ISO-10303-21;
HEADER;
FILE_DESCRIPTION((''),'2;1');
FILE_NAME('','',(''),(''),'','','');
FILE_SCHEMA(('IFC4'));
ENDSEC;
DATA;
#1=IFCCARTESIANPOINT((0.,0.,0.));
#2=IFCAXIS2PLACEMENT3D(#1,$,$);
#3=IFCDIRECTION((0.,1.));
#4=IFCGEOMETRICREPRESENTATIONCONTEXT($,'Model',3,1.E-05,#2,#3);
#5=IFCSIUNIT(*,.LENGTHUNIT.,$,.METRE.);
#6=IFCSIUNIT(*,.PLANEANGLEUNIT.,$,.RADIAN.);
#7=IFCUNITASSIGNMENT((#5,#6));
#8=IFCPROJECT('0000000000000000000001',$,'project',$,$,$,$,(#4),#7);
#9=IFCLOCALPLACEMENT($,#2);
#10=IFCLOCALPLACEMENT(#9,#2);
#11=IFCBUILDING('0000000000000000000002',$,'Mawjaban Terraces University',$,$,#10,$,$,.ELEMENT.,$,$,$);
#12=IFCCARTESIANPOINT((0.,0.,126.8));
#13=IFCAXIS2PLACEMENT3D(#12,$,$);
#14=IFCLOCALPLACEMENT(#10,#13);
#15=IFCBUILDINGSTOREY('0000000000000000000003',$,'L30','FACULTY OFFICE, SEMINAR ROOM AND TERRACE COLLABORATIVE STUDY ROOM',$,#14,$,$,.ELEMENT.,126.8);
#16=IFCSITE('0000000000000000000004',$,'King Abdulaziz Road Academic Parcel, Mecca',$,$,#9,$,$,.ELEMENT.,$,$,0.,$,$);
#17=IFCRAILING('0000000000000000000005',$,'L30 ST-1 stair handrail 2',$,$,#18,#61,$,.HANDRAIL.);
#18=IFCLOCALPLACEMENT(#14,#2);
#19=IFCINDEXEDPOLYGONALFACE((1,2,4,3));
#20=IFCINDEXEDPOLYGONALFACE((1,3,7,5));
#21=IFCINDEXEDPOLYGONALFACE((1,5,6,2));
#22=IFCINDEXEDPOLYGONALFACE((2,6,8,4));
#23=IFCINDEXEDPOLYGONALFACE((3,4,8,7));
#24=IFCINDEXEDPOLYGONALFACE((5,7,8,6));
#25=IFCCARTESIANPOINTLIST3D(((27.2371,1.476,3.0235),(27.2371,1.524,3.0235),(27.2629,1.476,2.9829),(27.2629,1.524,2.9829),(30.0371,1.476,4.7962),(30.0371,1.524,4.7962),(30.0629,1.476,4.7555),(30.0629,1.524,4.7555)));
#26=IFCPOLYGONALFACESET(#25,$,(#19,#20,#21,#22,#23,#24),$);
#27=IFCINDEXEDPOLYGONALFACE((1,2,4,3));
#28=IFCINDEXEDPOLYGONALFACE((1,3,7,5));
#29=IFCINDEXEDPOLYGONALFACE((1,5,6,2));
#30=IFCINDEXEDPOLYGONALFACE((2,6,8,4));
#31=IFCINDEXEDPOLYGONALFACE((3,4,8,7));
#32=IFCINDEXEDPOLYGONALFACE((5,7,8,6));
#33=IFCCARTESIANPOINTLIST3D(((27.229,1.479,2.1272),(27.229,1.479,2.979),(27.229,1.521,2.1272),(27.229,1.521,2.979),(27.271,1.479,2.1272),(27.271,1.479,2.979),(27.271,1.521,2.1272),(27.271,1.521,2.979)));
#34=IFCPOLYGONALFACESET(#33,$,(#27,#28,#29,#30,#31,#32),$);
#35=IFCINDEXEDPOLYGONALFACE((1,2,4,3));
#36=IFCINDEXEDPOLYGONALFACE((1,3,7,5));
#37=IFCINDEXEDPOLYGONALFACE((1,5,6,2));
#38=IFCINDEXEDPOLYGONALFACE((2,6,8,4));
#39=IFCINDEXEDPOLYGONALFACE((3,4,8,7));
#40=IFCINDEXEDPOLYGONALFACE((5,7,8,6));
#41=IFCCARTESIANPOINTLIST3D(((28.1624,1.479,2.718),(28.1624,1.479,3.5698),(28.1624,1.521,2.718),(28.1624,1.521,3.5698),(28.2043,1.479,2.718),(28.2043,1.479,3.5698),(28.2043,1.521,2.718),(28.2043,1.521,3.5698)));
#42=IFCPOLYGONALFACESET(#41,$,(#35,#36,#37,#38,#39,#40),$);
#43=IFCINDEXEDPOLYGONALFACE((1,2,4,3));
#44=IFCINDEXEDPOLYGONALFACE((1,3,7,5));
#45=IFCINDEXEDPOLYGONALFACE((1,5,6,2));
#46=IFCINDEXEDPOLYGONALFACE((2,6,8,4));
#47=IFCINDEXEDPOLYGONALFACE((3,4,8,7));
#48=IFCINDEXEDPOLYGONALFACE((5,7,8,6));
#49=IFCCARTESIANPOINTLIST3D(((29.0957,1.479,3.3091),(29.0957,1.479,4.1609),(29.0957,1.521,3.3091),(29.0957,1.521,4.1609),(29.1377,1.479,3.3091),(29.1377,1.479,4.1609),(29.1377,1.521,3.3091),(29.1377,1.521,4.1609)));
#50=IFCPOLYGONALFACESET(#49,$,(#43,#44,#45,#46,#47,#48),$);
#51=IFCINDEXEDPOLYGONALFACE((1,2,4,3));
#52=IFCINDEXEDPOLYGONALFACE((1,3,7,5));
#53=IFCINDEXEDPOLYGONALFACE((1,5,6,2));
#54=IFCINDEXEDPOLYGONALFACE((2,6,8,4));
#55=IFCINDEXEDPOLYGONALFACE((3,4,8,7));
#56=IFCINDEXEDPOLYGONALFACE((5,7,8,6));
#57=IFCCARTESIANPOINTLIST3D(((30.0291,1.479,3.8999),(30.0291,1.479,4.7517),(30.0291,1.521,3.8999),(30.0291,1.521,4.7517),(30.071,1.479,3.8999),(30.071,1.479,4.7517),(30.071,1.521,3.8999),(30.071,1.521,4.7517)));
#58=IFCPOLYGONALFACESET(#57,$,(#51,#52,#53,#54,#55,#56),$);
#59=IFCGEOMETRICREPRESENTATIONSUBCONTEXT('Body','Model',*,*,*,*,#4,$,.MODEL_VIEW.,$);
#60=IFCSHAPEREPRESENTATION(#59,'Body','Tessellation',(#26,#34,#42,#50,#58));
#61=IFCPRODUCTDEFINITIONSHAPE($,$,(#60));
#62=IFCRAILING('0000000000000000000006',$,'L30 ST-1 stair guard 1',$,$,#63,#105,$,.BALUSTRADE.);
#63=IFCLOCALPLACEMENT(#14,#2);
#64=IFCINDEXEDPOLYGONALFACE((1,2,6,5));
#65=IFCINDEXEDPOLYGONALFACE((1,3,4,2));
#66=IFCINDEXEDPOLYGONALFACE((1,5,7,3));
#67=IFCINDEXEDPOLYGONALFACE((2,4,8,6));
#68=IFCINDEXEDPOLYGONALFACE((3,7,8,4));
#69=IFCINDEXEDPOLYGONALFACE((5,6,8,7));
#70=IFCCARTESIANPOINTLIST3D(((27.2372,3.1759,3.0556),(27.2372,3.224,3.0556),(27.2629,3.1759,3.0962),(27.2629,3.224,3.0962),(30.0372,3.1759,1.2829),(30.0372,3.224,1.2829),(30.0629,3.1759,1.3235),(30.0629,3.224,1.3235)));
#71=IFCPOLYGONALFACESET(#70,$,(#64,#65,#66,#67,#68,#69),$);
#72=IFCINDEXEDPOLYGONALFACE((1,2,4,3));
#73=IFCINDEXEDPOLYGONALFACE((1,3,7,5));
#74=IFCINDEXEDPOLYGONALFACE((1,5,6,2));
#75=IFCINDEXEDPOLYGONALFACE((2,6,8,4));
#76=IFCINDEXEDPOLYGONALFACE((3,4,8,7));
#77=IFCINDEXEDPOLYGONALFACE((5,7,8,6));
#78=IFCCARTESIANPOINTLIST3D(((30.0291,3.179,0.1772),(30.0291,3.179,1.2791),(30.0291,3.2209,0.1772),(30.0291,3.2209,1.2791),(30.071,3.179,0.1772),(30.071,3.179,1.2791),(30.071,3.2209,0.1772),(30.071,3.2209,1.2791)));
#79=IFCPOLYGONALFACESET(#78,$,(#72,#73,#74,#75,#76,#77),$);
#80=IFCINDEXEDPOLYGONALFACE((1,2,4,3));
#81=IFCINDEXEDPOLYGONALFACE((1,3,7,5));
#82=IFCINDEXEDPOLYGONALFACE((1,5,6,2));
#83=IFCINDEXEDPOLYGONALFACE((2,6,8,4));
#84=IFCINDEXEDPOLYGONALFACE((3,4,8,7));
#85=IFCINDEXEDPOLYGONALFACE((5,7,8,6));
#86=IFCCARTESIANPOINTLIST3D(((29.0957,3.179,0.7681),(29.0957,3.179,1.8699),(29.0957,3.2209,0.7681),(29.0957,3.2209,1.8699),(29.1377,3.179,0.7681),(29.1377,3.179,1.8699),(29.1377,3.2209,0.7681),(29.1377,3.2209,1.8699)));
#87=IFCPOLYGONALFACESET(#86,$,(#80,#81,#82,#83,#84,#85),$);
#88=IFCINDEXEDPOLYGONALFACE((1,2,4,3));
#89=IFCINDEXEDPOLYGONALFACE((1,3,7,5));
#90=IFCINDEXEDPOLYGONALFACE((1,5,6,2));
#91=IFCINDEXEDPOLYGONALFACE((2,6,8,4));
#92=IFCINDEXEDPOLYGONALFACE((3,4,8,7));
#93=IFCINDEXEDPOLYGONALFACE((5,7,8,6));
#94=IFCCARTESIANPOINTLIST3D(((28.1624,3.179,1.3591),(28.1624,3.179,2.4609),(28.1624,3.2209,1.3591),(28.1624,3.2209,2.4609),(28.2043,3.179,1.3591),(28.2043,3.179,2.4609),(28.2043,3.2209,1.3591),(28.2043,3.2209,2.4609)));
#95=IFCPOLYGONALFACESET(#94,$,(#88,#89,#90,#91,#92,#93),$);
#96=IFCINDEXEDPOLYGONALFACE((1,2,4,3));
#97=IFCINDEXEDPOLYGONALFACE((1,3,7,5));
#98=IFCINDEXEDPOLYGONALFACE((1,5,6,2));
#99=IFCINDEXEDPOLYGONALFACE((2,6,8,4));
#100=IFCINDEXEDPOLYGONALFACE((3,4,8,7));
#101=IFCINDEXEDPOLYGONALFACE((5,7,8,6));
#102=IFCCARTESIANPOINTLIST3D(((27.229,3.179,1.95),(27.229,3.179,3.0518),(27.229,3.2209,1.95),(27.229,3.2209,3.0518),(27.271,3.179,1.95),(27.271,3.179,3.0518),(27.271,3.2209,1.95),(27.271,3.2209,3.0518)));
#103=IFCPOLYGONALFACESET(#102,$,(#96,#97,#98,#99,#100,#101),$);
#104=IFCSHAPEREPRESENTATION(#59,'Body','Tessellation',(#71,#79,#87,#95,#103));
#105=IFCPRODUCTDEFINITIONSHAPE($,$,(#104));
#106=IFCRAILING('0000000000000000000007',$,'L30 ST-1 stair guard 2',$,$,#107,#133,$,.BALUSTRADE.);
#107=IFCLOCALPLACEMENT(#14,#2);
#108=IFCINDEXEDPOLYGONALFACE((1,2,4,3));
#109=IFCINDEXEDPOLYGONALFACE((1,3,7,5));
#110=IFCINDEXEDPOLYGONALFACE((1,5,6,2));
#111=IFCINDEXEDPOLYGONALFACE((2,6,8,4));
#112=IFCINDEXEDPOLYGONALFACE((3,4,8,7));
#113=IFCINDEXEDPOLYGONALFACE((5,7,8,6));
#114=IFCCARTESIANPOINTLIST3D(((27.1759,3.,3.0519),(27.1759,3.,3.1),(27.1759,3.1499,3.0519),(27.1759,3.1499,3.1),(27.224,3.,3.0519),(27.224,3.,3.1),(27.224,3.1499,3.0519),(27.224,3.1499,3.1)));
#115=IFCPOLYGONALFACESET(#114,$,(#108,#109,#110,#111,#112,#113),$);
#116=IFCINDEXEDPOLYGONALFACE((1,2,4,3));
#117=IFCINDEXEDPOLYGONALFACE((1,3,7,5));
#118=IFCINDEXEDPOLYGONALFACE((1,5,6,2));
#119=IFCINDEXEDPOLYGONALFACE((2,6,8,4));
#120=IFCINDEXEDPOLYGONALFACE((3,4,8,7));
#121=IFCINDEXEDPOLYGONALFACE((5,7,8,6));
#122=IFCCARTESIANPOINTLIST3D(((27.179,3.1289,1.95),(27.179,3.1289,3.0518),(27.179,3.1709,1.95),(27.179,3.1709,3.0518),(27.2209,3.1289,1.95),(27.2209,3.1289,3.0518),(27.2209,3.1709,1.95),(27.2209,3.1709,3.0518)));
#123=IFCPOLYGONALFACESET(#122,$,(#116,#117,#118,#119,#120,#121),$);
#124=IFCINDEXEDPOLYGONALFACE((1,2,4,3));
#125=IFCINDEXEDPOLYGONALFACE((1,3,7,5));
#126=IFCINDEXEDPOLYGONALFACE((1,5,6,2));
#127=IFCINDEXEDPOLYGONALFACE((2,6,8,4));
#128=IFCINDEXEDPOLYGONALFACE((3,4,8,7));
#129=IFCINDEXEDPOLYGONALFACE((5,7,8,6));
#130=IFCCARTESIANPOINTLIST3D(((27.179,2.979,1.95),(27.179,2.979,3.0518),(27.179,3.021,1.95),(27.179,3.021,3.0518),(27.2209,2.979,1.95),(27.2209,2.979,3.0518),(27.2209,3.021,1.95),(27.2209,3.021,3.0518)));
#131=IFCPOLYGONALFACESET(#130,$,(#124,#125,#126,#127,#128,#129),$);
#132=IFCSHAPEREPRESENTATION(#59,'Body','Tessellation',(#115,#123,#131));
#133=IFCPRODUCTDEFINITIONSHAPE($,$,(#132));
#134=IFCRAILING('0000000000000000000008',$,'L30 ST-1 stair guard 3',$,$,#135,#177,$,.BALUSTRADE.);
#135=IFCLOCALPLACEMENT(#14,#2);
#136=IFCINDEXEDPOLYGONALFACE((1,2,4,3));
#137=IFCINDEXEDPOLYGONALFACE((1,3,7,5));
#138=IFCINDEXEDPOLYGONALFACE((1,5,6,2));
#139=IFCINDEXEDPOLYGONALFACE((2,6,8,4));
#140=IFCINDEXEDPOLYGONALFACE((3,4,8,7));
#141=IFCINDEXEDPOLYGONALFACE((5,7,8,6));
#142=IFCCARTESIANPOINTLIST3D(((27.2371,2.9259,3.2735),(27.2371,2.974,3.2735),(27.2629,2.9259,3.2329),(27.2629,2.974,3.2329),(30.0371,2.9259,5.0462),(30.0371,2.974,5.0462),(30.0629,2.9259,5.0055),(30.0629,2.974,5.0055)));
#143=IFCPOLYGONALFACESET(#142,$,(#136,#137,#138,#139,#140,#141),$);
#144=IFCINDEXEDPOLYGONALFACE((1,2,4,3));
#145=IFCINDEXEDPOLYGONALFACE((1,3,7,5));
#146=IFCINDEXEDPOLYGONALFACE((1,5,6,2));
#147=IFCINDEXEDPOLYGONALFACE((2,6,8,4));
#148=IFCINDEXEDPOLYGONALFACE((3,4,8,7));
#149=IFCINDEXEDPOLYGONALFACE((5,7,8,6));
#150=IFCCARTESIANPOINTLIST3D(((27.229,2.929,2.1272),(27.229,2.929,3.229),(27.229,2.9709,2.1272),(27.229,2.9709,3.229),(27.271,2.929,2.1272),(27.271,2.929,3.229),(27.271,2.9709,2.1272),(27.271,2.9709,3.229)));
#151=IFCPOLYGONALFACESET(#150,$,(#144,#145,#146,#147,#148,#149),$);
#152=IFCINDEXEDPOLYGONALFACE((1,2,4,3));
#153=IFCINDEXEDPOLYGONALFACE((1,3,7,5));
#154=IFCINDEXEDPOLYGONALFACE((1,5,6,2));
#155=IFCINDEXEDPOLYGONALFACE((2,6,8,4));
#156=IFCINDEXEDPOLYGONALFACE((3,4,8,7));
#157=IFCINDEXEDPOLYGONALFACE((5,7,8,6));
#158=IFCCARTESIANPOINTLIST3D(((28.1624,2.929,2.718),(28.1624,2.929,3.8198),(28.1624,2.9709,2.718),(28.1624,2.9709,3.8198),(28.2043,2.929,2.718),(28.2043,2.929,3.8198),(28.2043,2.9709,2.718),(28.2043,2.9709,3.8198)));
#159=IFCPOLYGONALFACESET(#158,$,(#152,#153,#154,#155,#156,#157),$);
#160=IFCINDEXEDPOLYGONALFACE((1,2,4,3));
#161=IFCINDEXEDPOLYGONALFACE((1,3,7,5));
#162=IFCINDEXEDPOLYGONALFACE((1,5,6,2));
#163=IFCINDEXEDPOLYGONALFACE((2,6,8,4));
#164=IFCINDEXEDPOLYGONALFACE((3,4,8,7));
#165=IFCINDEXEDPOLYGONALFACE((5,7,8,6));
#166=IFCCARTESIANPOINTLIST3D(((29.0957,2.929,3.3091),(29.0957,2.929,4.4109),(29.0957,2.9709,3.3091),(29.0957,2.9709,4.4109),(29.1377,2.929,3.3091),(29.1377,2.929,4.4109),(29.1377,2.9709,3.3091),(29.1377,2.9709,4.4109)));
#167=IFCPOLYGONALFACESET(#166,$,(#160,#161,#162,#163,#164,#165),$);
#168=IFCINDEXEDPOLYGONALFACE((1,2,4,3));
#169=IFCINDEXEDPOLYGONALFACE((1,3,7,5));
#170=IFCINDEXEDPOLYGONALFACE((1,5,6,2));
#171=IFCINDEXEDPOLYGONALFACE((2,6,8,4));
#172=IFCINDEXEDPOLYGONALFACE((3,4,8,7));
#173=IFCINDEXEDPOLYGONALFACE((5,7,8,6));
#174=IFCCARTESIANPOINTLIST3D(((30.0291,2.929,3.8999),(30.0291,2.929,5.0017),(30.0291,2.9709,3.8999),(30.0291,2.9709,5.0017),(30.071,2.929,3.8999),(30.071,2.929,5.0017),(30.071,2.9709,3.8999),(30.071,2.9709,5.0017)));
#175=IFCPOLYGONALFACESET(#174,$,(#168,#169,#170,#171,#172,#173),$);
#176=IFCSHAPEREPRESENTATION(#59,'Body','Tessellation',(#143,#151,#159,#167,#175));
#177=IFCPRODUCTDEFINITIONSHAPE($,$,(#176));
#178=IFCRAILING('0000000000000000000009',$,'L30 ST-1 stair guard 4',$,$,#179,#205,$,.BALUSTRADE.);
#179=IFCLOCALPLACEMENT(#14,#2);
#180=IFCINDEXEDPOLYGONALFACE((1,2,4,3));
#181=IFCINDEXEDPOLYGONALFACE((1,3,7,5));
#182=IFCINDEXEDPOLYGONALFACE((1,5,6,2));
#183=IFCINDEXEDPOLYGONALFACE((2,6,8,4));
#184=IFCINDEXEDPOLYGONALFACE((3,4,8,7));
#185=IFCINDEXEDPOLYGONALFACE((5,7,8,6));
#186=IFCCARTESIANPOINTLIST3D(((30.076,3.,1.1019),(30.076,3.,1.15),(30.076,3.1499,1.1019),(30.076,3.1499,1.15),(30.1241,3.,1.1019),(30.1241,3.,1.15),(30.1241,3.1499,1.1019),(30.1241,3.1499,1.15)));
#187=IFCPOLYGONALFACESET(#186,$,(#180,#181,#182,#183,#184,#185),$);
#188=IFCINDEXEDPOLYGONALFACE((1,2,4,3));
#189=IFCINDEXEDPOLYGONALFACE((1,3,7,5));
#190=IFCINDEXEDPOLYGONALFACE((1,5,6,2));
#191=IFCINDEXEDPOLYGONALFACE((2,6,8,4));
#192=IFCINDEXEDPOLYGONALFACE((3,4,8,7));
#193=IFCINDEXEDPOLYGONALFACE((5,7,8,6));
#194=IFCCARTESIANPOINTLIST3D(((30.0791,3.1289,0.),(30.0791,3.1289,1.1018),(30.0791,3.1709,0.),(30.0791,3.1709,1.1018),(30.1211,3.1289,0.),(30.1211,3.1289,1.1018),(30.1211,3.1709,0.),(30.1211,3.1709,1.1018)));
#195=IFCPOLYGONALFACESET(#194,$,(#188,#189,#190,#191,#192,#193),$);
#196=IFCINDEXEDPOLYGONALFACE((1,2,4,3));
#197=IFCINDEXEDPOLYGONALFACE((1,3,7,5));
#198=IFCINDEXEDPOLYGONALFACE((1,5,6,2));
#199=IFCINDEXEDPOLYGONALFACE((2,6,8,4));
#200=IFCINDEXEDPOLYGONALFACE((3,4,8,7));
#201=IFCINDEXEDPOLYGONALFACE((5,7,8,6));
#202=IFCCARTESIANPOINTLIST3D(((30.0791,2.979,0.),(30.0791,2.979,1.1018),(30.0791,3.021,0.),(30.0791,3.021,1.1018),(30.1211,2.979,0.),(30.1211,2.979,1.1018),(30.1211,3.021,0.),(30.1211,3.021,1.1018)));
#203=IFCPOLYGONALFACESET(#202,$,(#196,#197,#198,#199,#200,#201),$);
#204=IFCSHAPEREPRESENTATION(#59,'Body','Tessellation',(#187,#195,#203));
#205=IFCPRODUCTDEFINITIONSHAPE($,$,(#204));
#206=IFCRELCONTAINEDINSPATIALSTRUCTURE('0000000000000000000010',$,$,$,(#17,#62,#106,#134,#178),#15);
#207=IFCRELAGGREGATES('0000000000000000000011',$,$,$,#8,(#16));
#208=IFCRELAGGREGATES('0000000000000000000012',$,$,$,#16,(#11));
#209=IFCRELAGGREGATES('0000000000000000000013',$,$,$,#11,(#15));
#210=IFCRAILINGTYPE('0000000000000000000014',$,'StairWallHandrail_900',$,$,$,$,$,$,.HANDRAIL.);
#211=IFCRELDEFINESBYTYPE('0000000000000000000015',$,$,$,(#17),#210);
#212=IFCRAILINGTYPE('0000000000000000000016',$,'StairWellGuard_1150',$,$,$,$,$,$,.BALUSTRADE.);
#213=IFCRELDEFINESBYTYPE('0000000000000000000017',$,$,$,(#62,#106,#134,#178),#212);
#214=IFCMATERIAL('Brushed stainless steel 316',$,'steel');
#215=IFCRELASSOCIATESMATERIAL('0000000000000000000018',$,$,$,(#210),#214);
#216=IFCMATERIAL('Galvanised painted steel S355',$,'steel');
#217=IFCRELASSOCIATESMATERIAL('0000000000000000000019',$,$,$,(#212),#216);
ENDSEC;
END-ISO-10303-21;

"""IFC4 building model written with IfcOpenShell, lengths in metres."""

from ifc_helpers import new_model, si_unit, direction, frame, origin, origin_2d, place, context, subcontext, project, spatial, rectangle, extrude, material, type_object, element, save


model = new_model("IFC4")

# Units and contexts
model_context = context("Model", 3, precision=1e-05, world=origin(), true_north=direction((0.0, 1.0)))
body_context = subcontext(model_context, "Body", "Model", "MODEL_VIEW")
ifc_project = project(units=[si_unit("LENGTHUNIT", "METRE"), si_unit("PLANEANGLEUNIT", "RADIAN")], contexts=[model_context])

# Site, building, storey
site_placement = place(None, origin())
site = spatial("IfcSite", under=ifc_project, at=site_placement, Name="King Abdulaziz Road Academic Parcel, Mecca", CompositionType="ELEMENT", RefElevation=0.0)
building_placement = place(site_placement, origin())
building = spatial("IfcBuilding", under=site, at=building_placement, Name="Mawjaban Terraces University", CompositionType="ELEMENT")
storey_placement = place(building_placement, frame((0.0, 0.0, 126.8)))
storey = spatial("IfcBuildingStorey", under=building, at=storey_placement, Name="L30", Description="FACULTY OFFICE, SEMINAR ROOM AND TERRACE COLLABORATIVE STUDY ROOM", CompositionType="ELEMENT", Elevation=126.8)

# Railings
ifc_material_1 = material(Name="Brushed stainless steel 316", Category="steel")
railing_type_1 = type_object("IfcRailingType", Name="StairWallHandrail_900", PredefinedType="HANDRAIL", material=ifc_material_1)
railing_1_placement = place(storey_placement, frame((27.25, 1.5, 2.1272)))
element("IfcRailing", 1, at=railing_1_placement, inside=storey, type_object=railing_type_1, Name="L30 ST-1 stair handrail 2", PredefinedType="HANDRAIL", context=body_context, shape_type="SweptSolid", body=[
    extrude(rectangle(XDim=0.0481, YDim=0.0481, at=origin_2d()), frame((0.0, 0.0, 0.876), z_axis=(0.844909, 0.0, 0.53491), x_axis=(0.0, 1.0, 0.0)), (0.0, 0.0, 1.0), 3.314),
    extrude(rectangle(XDim=0.042, YDim=0.042, at=origin_2d()), origin(), (0.0, 0.0, 1.0), 0.8518),
    extrude(rectangle(XDim=0.042, YDim=0.042, at=origin_2d()), frame((0.9333, 0.0, 0.5908)), (0.0, 0.0, 1.0), 0.8518),
    extrude(rectangle(XDim=0.042, YDim=0.042, at=origin_2d()), frame((1.8667, 0.0, 1.1819)), (0.0, 0.0, 1.0), 0.8518),
    extrude(rectangle(XDim=0.042, YDim=0.042, at=origin_2d()), frame((2.8, 0.0, 1.7727)), (0.0, 0.0, 1.0), 0.8518),
])
ifc_material_2 = material(Name="Galvanised painted steel S355", Category="steel")
railing_type_2 = type_object("IfcRailingType", Name="StairWellGuard_1150", PredefinedType="BALUSTRADE", material=ifc_material_2)
railing_2_placement = place(storey_placement, frame((30.05, 3.2, 0.1772)))
element("IfcRailing", 2, at=railing_2_placement, inside=storey, type_object=railing_type_2, Name="L30 ST-1 stair guard 1", PredefinedType="BALUSTRADE", context=body_context, shape_type="SweptSolid", body=[
    extrude(rectangle(XDim=0.0481, YDim=0.0481, at=origin_2d()), frame((0.0, 0.0, 1.126), z_axis=(-0.844909, 0.0, 0.53491), x_axis=(0.0, -1.0, 0.0)), (0.0, 0.0, 1.0), 3.314),
    extrude(rectangle(XDim=0.042, YDim=0.042, at=origin_2d()), origin(), (0.0, 0.0, 1.0), 1.1018),
    extrude(rectangle(XDim=0.042, YDim=0.042, at=origin_2d()), frame((-0.9333, 0.0, 0.5908)), (0.0, 0.0, 1.0), 1.1018),
    extrude(rectangle(XDim=0.042, YDim=0.042, at=origin_2d()), frame((-1.8667, 0.0, 1.1819)), (0.0, 0.0, 1.0), 1.1018),
    extrude(rectangle(XDim=0.042, YDim=0.042, at=origin_2d()), frame((-2.8, 0.0, 1.7727)), (0.0, 0.0, 1.0), 1.1018),
])
railing_3_placement = place(storey_placement, frame((27.2, 3.1499, 1.95)))
element("IfcRailing", 3, at=railing_3_placement, inside=storey, type_object=railing_type_2, Name="L30 ST-1 stair guard 2", PredefinedType="BALUSTRADE", context=body_context, shape_type="SweptSolid", body=[
    extrude(rectangle(XDim=0.0481, YDim=0.0481, at=origin_2d()), frame((0.0, 0.0, 1.126), z_axis=(0.0, -1.0, 0.0), x_axis=(1.0, 0.0, 0.0)), (0.0, 0.0, 1.0), 0.1499),
    extrude(rectangle(XDim=0.042, YDim=0.042, at=origin_2d()), origin(), (0.0, 0.0, 1.0), 1.1018),
    extrude(rectangle(XDim=0.042, YDim=0.042, at=origin_2d()), frame((0.0, -0.1499, 0.0)), (0.0, 0.0, 1.0), 1.1018),
])
railing_4_placement = place(storey_placement, frame((27.25, 2.95, 2.1272)))
element("IfcRailing", 4, at=railing_4_placement, inside=storey, type_object=railing_type_2, Name="L30 ST-1 stair guard 3", PredefinedType="BALUSTRADE", context=body_context, shape_type="SweptSolid", body=[
    extrude(rectangle(XDim=0.0481, YDim=0.0481, at=origin_2d()), frame((0.0, 0.0, 1.126), z_axis=(0.844909, 0.0, 0.53491), x_axis=(0.0, 1.0, 0.0)), (0.0, 0.0, 1.0), 3.314),
    extrude(rectangle(XDim=0.042, YDim=0.042, at=origin_2d()), origin(), (0.0, 0.0, 1.0), 1.1018),
    extrude(rectangle(XDim=0.042, YDim=0.042, at=origin_2d()), frame((0.9333, 0.0, 0.5908)), (0.0, 0.0, 1.0), 1.1018),
    extrude(rectangle(XDim=0.042, YDim=0.042, at=origin_2d()), frame((1.8667, 0.0, 1.1819)), (0.0, 0.0, 1.0), 1.1018),
    extrude(rectangle(XDim=0.042, YDim=0.042, at=origin_2d()), frame((2.8, 0.0, 1.7727)), (0.0, 0.0, 1.0), 1.1018),
])
railing_5_placement = place(storey_placement, frame((30.1001, 3.1499, 0.0)))
element("IfcRailing", 5, at=railing_5_placement, inside=storey, type_object=railing_type_2, Name="L30 ST-1 stair guard 4", PredefinedType="BALUSTRADE", context=body_context, shape_type="SweptSolid", body=[
    extrude(rectangle(XDim=0.0481, YDim=0.0481, at=origin_2d()), frame((0.0, 0.0, 1.126), z_axis=(0.0, -1.0, 0.0), x_axis=(1.0, 0.0, 0.0)), (0.0, 0.0, 1.0), 0.1499),
    extrude(rectangle(XDim=0.042, YDim=0.042, at=origin_2d()), origin(), (0.0, 0.0, 1.0), 1.1018),
    extrude(rectangle(XDim=0.042, YDim=0.042, at=origin_2d()), frame((0.0, -0.1499, 0.0)), (0.0, 0.0, 1.0), 1.1018),
])

save(model, "model.ifc")
